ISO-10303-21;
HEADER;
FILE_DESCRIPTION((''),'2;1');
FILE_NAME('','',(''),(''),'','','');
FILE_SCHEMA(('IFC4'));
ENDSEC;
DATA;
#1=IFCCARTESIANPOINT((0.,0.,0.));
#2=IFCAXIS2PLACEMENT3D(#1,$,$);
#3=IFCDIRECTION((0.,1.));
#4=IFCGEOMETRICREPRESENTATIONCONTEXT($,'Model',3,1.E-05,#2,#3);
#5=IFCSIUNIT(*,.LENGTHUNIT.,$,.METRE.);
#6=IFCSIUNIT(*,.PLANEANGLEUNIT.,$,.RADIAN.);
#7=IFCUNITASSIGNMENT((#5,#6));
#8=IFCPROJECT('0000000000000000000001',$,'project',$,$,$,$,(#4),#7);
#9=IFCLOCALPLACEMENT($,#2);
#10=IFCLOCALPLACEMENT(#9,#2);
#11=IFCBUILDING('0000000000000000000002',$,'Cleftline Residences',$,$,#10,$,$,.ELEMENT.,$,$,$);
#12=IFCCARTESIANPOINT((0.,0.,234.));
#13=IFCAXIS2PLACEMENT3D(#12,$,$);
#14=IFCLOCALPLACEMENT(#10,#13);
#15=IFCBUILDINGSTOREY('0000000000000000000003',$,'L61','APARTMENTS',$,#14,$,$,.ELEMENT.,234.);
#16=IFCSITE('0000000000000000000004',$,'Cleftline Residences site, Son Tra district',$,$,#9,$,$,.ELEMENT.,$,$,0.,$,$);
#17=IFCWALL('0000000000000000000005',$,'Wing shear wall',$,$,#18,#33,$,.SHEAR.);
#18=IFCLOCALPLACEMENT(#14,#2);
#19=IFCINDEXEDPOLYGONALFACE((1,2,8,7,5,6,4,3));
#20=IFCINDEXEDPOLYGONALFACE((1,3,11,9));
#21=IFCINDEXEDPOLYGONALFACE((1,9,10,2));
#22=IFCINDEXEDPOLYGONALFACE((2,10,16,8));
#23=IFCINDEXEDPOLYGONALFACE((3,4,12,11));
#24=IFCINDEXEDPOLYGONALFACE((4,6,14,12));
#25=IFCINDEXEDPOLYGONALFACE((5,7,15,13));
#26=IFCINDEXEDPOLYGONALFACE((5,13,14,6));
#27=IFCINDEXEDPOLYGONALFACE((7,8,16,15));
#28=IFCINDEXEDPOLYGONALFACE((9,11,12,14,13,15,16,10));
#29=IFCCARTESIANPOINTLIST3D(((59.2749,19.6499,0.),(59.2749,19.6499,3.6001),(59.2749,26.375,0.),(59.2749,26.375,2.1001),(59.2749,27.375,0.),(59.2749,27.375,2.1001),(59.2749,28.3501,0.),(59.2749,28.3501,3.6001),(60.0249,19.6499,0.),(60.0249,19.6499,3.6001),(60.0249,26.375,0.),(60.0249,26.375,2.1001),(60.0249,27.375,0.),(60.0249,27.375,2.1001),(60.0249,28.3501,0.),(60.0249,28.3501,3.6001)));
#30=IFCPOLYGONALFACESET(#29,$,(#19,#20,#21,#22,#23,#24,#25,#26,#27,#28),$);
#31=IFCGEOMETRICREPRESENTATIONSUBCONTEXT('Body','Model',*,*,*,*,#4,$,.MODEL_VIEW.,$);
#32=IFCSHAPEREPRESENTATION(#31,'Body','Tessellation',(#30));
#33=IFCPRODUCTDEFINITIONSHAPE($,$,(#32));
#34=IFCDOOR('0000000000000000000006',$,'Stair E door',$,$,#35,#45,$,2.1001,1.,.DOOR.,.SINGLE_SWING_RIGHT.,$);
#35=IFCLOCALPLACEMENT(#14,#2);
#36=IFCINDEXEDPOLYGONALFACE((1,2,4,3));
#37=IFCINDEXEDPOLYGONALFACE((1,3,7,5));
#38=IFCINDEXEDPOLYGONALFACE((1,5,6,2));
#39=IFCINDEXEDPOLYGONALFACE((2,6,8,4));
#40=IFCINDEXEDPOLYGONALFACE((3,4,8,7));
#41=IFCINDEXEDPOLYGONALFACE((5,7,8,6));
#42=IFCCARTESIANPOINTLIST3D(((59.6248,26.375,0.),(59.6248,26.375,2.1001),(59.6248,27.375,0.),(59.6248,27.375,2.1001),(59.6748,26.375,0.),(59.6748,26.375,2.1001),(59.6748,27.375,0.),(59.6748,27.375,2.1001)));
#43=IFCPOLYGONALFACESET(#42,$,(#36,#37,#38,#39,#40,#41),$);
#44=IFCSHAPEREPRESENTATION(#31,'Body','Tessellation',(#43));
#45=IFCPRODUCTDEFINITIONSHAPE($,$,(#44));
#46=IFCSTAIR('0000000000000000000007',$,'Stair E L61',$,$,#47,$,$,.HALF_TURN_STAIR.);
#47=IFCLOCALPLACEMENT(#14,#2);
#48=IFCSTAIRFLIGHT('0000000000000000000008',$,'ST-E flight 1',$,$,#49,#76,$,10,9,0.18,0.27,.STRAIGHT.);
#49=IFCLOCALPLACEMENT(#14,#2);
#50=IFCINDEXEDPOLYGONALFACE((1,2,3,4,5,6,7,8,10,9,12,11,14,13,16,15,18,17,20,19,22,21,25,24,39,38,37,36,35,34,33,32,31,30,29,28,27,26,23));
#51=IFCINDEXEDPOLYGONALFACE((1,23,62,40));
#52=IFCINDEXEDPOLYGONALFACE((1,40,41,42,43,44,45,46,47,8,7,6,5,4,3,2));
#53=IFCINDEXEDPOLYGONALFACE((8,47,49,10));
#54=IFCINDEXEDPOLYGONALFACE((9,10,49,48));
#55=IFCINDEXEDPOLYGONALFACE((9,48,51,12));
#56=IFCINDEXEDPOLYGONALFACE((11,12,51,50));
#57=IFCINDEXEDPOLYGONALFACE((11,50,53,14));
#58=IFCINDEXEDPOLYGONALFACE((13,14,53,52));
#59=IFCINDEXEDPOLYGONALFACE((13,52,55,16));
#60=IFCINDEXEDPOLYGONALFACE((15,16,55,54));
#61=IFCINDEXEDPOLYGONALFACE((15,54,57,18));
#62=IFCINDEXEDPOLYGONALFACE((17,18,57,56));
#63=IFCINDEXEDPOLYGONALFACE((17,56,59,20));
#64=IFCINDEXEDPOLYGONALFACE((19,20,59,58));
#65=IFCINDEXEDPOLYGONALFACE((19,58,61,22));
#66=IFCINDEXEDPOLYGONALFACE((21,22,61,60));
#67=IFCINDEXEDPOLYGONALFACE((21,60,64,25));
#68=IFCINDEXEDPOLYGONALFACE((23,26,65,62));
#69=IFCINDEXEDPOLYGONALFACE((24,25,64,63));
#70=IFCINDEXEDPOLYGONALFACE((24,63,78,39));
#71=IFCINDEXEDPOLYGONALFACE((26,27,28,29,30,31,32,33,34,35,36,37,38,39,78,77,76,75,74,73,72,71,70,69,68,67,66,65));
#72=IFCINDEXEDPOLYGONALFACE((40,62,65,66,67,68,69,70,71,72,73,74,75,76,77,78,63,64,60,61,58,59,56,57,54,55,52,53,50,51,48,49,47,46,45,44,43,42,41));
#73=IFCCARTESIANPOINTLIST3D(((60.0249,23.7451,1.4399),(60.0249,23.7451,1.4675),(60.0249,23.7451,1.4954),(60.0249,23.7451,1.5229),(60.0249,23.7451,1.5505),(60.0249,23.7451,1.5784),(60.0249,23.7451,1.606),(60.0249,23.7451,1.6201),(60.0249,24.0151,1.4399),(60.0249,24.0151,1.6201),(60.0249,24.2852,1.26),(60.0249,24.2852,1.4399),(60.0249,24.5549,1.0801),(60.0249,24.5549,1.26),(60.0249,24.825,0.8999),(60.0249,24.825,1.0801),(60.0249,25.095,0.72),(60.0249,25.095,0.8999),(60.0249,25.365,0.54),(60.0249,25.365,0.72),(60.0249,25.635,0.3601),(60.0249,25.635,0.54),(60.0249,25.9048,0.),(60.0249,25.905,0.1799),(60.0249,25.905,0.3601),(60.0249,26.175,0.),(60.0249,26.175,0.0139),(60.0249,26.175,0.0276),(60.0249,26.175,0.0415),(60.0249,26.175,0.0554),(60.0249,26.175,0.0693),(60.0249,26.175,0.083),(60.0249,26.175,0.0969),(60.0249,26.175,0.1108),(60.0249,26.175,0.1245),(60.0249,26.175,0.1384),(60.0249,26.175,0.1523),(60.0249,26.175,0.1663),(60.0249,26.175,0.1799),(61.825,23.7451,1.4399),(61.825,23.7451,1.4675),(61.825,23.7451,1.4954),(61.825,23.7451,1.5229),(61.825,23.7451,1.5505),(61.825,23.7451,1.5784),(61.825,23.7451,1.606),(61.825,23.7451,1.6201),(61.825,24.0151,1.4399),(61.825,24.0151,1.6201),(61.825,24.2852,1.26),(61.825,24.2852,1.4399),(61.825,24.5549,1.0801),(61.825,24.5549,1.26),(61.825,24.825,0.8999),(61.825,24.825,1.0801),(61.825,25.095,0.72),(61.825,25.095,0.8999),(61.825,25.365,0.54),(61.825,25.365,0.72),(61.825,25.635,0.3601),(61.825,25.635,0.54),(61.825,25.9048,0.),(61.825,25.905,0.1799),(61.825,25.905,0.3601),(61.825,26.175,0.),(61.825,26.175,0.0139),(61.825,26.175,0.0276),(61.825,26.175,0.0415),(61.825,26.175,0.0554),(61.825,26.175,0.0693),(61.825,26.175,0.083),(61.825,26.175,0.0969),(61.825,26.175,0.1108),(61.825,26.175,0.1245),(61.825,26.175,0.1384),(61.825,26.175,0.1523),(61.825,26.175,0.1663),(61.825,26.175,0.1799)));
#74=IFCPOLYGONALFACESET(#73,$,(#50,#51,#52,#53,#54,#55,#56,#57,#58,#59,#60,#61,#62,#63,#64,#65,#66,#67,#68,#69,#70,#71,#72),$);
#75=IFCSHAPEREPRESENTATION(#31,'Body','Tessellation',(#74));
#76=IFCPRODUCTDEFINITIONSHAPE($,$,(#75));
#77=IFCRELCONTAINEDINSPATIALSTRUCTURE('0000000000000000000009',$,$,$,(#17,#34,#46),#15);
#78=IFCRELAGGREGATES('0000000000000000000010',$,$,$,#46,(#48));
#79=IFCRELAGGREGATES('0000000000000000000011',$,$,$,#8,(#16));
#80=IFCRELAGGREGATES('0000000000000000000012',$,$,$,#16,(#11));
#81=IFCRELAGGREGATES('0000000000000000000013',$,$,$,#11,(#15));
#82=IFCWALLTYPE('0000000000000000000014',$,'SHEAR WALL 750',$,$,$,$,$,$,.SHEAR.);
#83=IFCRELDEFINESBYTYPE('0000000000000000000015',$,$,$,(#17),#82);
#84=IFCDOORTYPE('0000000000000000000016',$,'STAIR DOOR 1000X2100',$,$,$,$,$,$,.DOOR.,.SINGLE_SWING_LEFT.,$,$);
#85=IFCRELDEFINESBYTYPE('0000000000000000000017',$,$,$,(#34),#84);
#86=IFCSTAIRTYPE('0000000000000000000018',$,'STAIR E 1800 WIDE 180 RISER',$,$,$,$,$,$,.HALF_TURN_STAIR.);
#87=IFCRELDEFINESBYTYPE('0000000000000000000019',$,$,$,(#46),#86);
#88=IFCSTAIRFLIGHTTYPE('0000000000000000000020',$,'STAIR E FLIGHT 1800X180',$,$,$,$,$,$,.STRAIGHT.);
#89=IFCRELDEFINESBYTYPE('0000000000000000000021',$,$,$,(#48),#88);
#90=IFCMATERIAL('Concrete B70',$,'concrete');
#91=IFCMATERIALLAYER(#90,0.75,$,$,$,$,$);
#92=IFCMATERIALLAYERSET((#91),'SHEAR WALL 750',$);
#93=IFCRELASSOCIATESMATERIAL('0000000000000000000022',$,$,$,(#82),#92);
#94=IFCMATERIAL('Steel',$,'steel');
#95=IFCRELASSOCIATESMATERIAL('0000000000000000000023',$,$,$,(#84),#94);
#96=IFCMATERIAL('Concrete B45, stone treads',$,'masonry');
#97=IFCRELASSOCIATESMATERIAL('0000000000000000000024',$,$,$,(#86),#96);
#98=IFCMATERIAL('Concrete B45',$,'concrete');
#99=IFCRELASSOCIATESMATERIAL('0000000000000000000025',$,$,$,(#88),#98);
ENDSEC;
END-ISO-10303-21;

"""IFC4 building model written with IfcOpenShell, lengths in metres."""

from ifc_helpers import new_model, si_unit, direction, frame, frame_2d, origin, place, context, subcontext, project, spatial, polyline, rectangle, outline, extrude, material, layer, layer_set, type_object, element, fill, aggregate, save


model = new_model("IFC4")

# Units and contexts
model_context = context("Model", 3, precision=1e-05, world=origin(), true_north=direction((0.0, 1.0)))
body_context = subcontext(model_context, "Body", "Model", "MODEL_VIEW")
ifc_project = project(units=[si_unit("LENGTHUNIT", "METRE"), si_unit("PLANEANGLEUNIT", "RADIAN")], contexts=[model_context])

# Site, building, storey
site_placement = place(None, origin())
site = spatial("IfcSite", under=ifc_project, at=site_placement, Name="Cleftline Residences site, Son Tra district", CompositionType="ELEMENT", RefElevation=0.0)
building_placement = place(site_placement, origin())
building = spatial("IfcBuilding", under=site, at=building_placement, Name="Cleftline Residences", CompositionType="ELEMENT")
storey_placement = place(building_placement, frame((0.0, 0.0, 234.0)))
storey = spatial("IfcBuildingStorey", under=building, at=storey_placement, Name="L61", Description="APARTMENTS", CompositionType="ELEMENT", Elevation=234.0)

# Shared definitions
ifc_material_1 = material(Name="Concrete B70", Category="concrete")
ifc_layer_1 = layer(ifc_material_1, 0.75)
ifc_layer_set_1 = layer_set([ifc_layer_1], Name="SHEAR WALL 750")
wall_type_1 = type_object("IfcWallType", Name="SHEAR WALL 750", PredefinedType="SHEAR", material=ifc_layer_set_1)

# Wall, opening, door
wall_1_placement = place(storey_placement, frame((59.6499, 28.3501, 0.0), z_axis=(0.0, 0.0, 1.0), x_axis=(0.0, -1.0, 0.0)))
wall_1 = element("IfcWall", 1, at=wall_1_placement, inside=storey, type_object=wall_type_1, Name="Wing shear wall", PredefinedType="SHEAR", context=body_context, shape_type="SweptSolid", body=[
    extrude(rectangle(XDim=8.7002, YDim=0.75, at=frame_2d((4.3501, 0.0))), origin(), (0.0, 0.0, 1.0), 3.6001),
])
opening_1_placement = place(wall_1_placement, frame((0.9751, 0.0, 0.0)))
opening_1 = element("IfcOpeningElement", 2, at=opening_1_placement, cuts=wall_1, PredefinedType="OPENING", context=body_context, shape_type="SweptSolid", body=[
    extrude(rectangle(XDim=1.0, YDim=2.1001, at=frame_2d((0.5, 1.05))), frame((0.0, 0.385, 0.0), z_axis=(0.0, -1.0, 0.0), x_axis=(1.0, 0.0, 0.0)), (0.0, 0.0, 1.0), 0.77),
])
ifc_material_2 = material(Name="Steel", Category="steel")
door_type_1 = type_object("IfcDoorType", Name="STAIR DOOR 1000X2100", OperationType="SINGLE_SWING_LEFT", PredefinedType="DOOR", material=ifc_material_2)
door_1_placement = place(opening_1_placement, origin())
door_1 = element("IfcDoor", 3, at=door_1_placement, inside=storey, type_object=door_type_1, Name="Stair E door", OperationType="SINGLE_SWING_RIGHT", OverallHeight=2.1001, OverallWidth=1.0, PredefinedType="DOOR", context=body_context, shape_type="SweptSolid", body=[
    extrude(rectangle(XDim=1.0, YDim=2.1001, at=frame_2d((0.5, 1.05))), frame((0.0, 0.0249, 0.0), z_axis=(0.0, -1.0, 0.0), x_axis=(1.0, 0.0, 0.0)), (0.0, 0.0, 1.0), 0.05),
])
fill(opening_1, door_1)

# Stair, stair flight
ifc_material_3 = material(Name="Concrete B45, stone treads", Category="masonry")
stair_type = type_object("IfcStairType", Name="STAIR E 1800 WIDE 180 RISER", PredefinedType="HALF_TURN_STAIR", material=ifc_material_3)
stair_placement = place(storey_placement, origin())
stair = element("IfcStair", 4, at=stair_placement, inside=storey, type_object=stair_type, Name="Stair E L61", PredefinedType="HALF_TURN_STAIR")
ifc_material_4 = material(Name="Concrete B45", Category="concrete")
stair_flight_type = type_object("IfcStairFlightType", Name="STAIR E FLIGHT 1800X180", PredefinedType="STRAIGHT", material=ifc_material_4)
stair_flight_placement = place(storey_placement, frame((60.925, 26.175, 0.0), z_axis=(0.0, 0.0, 1.0), x_axis=(0.0, -1.0, 0.0)))
stair_flight = element("IfcStairFlight", 5, at=stair_flight_placement, type_object=stair_flight_type, Name="ST-E flight 1", NumberOfRisers=10, NumberOfTreads=9, PredefinedType="STRAIGHT", RiserHeight=0.18, TreadLength=0.27, context=body_context, shape_type="SweptSolid", body=[
    extrude(outline(polyline([(0.0, 0.0), (0.0, 0.0139), (0.0, 0.0276), (0.0, 0.0415), (0.0, 0.0554), (0.0, 0.0693), (0.0, 0.083), (0.0, 0.0969), (0.0, 0.1108), (0.0, 0.1245), (0.0, 0.1384), (0.0, 0.1523), (0.0, 0.1663), (0.0, 0.1799), (0.27, 0.1799), (0.27, 0.3601), (0.54, 0.3601), (0.54, 0.54), (0.8101, 0.54), (0.8101, 0.72), (1.0801, 0.72), (1.0801, 0.8999), (1.3501, 0.8999), (1.3501, 1.0801), (1.6201, 1.0801), (1.6201, 1.26), (1.8899, 1.26), (1.8899, 1.4399), (2.1599, 1.4399), (2.1599, 1.6201), (2.4299, 1.6201), (2.4299, 1.8), (2.4299, 1.7722), (2.4299, 1.7446), (2.4299, 1.7168), (2.4299, 1.6892), (2.4299, 1.6614), (2.4299, 1.6338), (2.4299, 1.606), (2.4299, 1.5784), (2.4299, 1.5505), (2.4299, 1.5229), (2.4299, 1.4954), (2.4299, 1.4675), (2.4299, 1.4399), (0.2703, 0.0), (0.0, 0.0)])), frame((0.0, 0.8999, 0.0), z_axis=(0.0, -1.0, 0.0), x_axis=(1.0, 0.0, 0.0)), (0.0, 0.0, 1.0), 1.8),
])
aggregate(stair, [stair_flight])

save(model, "model.ifc")
